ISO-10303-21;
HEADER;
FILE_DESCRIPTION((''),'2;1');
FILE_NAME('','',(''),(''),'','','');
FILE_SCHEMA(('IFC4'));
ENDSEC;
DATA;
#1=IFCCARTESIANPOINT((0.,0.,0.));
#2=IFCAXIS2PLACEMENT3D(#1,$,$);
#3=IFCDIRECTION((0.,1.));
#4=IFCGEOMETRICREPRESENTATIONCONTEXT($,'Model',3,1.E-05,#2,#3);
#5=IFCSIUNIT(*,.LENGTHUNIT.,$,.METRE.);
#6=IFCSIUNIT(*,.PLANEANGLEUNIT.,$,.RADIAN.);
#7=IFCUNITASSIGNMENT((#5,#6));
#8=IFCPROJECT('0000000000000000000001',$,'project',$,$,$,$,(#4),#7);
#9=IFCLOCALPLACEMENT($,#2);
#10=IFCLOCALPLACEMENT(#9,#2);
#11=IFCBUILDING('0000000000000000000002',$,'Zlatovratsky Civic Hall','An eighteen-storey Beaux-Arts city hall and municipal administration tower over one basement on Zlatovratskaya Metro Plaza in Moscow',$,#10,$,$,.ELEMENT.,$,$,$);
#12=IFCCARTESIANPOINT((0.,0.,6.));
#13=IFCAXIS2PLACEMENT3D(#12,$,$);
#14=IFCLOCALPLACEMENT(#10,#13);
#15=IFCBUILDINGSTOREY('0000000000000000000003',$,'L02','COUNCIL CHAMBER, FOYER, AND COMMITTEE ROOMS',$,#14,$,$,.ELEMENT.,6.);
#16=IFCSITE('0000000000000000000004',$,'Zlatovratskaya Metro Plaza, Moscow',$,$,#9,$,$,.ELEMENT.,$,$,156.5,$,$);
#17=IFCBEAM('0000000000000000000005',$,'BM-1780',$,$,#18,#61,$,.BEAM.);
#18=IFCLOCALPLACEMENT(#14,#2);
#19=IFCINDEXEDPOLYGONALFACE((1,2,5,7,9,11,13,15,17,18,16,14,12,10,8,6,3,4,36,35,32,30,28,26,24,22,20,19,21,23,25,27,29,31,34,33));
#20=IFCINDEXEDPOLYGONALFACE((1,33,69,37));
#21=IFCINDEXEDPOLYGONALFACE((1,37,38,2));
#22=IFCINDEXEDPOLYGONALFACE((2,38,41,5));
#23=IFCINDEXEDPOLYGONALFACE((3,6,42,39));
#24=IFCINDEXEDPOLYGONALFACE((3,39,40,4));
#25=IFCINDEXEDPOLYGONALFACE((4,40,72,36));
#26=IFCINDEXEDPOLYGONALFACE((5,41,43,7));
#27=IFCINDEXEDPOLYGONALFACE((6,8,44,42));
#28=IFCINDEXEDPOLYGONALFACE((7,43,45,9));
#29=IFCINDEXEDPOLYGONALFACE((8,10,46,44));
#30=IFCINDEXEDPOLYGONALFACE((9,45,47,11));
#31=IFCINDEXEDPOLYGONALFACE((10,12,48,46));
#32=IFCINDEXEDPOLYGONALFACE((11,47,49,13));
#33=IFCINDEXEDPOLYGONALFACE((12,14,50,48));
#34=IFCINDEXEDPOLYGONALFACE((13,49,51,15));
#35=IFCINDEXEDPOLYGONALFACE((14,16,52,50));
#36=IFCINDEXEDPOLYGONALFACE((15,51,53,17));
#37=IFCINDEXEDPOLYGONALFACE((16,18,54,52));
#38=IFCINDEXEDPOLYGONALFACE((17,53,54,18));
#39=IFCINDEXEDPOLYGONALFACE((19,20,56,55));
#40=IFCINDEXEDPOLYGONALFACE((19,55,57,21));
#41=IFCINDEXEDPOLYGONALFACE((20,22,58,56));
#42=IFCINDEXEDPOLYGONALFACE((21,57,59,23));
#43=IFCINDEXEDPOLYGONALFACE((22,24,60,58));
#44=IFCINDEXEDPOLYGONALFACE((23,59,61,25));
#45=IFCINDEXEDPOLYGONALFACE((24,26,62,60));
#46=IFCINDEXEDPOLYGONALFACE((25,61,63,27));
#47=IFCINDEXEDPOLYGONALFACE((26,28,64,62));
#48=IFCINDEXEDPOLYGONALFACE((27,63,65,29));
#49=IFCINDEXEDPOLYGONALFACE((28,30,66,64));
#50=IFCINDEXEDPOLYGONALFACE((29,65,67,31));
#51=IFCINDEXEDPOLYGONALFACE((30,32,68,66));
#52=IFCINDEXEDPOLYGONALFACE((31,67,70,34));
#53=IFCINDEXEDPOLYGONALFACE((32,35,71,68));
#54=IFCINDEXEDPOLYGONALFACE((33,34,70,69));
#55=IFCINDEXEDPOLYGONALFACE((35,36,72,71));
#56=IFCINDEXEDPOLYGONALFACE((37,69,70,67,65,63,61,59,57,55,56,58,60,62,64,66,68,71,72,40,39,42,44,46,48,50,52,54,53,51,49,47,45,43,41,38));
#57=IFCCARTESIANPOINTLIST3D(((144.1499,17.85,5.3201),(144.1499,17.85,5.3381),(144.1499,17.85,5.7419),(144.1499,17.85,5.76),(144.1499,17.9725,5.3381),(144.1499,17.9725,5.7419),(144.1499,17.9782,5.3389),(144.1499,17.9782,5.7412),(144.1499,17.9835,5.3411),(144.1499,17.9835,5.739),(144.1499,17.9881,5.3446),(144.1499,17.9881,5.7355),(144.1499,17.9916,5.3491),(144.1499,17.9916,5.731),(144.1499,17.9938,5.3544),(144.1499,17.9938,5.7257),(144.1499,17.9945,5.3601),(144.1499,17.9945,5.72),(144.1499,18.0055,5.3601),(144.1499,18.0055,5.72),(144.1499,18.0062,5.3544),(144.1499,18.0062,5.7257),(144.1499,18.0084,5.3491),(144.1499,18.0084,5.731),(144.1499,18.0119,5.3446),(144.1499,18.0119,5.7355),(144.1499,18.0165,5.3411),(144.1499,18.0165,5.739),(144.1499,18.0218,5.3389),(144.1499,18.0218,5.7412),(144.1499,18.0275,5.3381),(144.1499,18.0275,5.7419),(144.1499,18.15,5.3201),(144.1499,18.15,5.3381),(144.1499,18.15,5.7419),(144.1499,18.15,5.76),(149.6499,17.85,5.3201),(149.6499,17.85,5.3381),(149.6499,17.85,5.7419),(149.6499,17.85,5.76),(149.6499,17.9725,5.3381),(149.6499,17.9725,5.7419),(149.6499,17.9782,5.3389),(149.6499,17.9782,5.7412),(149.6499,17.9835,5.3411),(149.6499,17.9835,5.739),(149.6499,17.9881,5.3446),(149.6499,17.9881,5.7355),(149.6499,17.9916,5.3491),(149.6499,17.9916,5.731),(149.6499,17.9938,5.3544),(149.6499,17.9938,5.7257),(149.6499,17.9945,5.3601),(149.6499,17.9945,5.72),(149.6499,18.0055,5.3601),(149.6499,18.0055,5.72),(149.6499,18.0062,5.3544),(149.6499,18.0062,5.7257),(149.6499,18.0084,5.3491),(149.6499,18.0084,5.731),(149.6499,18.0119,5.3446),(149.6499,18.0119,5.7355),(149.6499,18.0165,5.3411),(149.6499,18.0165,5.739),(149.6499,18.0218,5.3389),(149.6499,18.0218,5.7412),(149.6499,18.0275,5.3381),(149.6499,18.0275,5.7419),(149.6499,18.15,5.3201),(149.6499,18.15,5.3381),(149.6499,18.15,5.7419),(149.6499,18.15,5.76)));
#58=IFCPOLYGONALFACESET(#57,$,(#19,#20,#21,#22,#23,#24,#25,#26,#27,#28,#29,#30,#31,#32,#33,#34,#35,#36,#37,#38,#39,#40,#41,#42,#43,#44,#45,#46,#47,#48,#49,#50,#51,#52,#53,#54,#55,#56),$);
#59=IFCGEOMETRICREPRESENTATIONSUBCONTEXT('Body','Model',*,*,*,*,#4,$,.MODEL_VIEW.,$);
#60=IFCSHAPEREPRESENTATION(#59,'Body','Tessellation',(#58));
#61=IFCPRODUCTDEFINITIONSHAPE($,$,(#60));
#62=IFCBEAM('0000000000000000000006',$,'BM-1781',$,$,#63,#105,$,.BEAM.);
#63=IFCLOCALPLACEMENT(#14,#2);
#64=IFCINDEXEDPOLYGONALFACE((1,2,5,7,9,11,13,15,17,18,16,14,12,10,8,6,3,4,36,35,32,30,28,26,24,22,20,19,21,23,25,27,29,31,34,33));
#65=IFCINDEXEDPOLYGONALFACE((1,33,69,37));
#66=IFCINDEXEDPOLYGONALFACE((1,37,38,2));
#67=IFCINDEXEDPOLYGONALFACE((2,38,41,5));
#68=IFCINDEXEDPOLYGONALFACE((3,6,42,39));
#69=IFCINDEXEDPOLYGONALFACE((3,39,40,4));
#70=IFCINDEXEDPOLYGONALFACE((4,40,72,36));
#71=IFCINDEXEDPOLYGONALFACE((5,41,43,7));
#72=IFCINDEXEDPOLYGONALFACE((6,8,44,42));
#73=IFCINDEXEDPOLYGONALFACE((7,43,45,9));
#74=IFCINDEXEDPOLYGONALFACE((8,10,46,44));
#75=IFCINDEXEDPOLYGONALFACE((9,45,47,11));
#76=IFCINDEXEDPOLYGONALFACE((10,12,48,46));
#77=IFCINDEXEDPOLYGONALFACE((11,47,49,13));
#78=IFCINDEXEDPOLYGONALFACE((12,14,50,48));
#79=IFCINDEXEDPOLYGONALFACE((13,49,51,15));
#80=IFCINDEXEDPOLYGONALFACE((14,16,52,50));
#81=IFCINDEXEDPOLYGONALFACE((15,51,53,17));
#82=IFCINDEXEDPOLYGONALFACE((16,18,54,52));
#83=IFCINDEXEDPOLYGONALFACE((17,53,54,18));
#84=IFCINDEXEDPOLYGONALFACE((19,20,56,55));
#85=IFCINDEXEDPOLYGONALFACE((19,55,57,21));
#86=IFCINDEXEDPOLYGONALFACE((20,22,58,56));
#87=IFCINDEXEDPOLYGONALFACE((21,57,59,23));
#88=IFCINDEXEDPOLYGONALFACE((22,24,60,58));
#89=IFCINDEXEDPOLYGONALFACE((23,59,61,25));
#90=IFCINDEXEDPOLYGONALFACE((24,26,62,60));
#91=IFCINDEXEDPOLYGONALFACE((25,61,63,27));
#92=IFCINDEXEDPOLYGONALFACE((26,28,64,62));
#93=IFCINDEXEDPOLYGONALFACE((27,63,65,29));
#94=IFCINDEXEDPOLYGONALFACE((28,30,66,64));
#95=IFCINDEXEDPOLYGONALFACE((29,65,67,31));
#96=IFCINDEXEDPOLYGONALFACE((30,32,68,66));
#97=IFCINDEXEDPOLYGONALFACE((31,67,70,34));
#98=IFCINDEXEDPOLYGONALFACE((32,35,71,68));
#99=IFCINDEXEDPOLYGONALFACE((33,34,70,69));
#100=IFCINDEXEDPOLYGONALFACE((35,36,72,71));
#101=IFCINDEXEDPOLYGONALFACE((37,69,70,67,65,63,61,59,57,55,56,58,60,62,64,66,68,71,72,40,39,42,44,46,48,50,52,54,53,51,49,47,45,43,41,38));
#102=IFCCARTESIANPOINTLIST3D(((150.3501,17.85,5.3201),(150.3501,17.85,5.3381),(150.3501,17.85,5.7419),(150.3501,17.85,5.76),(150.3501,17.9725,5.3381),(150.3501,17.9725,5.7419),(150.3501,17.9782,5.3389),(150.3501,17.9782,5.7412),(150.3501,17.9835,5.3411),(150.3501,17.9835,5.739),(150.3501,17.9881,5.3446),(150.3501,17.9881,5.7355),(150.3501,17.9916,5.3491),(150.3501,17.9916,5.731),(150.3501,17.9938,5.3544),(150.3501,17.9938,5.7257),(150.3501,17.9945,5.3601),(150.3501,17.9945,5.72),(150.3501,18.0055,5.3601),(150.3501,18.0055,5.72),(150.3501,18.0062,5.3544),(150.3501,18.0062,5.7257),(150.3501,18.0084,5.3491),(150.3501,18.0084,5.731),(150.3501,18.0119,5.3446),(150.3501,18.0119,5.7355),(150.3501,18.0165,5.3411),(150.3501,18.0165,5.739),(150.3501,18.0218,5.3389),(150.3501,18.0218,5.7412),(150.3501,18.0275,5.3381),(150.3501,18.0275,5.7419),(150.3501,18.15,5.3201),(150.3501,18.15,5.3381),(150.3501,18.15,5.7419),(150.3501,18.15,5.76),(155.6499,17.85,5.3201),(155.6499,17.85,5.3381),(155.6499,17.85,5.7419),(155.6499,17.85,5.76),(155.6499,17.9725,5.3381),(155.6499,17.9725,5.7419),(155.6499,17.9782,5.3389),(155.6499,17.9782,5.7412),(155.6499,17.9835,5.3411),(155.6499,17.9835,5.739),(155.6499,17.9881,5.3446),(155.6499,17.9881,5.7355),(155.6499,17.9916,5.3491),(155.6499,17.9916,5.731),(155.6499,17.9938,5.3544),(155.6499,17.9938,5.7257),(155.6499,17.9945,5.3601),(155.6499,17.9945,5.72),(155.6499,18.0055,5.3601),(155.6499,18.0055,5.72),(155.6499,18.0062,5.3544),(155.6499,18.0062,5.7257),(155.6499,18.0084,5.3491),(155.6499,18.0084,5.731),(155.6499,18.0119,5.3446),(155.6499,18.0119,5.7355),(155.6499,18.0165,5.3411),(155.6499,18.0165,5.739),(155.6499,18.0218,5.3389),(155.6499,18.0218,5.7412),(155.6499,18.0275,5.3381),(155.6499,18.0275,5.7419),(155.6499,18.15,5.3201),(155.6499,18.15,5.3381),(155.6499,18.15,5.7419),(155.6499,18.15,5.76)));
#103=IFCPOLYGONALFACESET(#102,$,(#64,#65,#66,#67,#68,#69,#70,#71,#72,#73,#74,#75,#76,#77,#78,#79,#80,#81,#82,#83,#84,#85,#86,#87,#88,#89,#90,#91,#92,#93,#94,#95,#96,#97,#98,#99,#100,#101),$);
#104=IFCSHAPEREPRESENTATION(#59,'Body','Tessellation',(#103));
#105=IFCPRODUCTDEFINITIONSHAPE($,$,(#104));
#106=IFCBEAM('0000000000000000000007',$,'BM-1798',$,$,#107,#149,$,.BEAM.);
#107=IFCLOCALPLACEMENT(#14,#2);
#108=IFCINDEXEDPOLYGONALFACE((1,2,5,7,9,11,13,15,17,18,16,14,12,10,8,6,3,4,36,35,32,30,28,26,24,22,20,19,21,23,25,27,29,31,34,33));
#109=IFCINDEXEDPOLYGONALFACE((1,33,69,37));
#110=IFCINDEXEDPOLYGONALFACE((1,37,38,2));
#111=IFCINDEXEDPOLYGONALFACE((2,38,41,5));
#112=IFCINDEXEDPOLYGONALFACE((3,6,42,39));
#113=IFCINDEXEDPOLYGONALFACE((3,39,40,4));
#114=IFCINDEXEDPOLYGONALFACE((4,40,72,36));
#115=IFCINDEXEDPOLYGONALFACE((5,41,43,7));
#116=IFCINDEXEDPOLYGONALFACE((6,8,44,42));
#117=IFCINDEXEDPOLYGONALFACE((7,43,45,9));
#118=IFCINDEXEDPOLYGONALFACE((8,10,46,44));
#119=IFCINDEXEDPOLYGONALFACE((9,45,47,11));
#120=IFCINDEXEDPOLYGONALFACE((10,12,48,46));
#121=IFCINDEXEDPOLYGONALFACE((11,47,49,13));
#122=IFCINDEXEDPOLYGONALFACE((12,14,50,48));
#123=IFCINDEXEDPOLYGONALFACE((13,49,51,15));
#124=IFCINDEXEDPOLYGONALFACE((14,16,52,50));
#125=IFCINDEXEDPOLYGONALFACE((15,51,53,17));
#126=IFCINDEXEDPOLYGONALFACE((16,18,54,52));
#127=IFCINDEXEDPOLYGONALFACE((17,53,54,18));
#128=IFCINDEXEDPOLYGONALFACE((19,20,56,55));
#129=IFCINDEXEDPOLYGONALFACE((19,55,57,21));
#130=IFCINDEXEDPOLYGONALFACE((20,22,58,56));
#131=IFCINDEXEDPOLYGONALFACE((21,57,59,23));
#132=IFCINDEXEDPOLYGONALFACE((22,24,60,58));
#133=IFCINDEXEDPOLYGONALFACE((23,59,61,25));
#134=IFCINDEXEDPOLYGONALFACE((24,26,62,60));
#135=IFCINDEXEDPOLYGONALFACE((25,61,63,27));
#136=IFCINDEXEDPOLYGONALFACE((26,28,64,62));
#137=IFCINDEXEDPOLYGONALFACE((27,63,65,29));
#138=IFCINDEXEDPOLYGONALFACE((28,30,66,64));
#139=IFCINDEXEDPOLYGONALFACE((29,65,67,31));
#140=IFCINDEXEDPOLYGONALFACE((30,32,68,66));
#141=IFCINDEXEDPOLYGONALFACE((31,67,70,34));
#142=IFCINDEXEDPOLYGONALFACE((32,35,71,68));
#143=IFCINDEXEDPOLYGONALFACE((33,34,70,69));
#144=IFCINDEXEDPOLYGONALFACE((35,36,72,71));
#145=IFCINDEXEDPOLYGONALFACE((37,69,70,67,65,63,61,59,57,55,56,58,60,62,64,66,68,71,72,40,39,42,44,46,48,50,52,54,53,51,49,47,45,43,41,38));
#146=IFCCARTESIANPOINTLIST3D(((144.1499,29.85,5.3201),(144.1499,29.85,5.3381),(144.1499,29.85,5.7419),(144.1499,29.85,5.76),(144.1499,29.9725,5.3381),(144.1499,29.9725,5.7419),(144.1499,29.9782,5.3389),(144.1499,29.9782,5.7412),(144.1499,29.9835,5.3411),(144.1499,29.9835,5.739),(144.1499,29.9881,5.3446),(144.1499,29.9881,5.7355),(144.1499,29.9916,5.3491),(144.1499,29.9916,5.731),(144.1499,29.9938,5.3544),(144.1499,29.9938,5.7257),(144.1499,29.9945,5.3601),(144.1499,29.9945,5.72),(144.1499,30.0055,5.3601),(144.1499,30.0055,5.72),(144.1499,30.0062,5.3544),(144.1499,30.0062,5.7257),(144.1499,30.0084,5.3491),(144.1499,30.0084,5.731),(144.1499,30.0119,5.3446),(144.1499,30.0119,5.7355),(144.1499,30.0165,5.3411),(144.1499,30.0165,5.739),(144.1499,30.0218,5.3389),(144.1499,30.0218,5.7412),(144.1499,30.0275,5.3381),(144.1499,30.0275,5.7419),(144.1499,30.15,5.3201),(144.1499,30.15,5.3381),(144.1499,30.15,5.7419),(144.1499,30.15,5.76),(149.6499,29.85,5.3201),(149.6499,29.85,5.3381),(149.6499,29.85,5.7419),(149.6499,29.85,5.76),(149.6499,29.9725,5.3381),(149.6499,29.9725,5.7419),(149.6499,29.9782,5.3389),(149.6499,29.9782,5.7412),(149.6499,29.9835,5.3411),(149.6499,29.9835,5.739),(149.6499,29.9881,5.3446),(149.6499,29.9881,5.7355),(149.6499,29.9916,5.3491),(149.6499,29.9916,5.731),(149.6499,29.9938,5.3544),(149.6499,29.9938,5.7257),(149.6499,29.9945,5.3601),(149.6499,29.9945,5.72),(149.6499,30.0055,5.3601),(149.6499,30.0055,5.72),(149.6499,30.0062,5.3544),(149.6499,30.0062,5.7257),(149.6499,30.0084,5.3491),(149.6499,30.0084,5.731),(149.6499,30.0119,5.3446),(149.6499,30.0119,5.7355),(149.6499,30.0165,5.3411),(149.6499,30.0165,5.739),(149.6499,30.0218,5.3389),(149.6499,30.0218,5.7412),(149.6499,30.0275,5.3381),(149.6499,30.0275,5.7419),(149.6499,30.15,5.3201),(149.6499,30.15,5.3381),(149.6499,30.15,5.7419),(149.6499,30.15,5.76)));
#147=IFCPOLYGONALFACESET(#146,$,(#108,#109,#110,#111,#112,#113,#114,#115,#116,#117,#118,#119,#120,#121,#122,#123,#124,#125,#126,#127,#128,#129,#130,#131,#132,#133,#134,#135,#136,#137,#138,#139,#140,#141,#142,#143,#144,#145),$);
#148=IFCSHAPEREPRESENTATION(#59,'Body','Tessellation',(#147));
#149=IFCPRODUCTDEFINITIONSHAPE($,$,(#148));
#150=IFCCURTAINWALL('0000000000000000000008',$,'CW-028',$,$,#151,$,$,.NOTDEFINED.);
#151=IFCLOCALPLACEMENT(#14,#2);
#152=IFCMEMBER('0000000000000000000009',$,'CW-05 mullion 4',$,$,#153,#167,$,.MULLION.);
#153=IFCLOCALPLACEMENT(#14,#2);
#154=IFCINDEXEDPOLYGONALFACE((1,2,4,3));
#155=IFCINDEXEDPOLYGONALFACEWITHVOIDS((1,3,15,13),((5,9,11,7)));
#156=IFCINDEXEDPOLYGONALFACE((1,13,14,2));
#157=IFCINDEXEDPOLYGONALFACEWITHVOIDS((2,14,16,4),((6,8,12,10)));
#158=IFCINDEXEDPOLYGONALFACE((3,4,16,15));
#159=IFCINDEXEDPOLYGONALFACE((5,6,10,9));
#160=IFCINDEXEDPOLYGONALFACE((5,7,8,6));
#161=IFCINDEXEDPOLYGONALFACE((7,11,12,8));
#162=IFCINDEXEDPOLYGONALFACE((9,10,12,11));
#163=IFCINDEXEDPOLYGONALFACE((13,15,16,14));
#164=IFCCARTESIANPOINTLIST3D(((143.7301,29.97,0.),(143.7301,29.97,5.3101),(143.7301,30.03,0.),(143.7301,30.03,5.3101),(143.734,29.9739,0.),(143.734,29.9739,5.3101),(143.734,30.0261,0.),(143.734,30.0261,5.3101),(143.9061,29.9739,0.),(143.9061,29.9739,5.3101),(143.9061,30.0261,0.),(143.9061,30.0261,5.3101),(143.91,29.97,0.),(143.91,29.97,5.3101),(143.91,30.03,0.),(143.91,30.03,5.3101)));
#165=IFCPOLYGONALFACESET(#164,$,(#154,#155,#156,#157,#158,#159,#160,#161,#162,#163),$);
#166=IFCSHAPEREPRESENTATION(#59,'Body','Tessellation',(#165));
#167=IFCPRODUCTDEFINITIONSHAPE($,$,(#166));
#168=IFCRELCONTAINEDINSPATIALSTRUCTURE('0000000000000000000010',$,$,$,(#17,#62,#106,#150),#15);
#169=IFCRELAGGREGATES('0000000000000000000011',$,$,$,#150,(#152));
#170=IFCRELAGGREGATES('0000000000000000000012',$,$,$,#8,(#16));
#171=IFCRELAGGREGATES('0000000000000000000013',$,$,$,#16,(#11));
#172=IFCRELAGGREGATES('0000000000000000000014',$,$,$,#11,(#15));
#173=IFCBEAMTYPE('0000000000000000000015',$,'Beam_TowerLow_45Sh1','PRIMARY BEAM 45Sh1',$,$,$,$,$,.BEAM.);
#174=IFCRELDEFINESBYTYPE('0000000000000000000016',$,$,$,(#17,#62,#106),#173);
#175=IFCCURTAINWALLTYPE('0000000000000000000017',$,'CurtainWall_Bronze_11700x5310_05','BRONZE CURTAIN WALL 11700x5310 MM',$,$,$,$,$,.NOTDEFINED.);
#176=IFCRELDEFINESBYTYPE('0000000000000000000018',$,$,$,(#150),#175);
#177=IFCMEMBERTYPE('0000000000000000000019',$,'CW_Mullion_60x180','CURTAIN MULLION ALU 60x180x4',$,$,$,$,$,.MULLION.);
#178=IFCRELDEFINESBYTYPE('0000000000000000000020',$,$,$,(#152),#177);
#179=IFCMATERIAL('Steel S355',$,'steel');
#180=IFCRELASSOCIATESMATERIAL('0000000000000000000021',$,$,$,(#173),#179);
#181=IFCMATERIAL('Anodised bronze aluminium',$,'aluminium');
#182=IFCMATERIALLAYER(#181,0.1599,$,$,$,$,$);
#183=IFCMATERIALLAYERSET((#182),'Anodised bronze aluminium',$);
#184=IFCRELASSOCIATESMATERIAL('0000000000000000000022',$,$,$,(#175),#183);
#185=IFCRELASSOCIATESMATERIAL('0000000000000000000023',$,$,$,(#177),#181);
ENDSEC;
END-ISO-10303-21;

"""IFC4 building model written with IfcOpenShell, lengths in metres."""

from ifc_helpers import new_model, si_unit, direction, frame, origin, origin_2d, place, context, subcontext, project, spatial, hollow_rectangle, i_section, extrude, material, layer, layer_set, material_profile, profile_set, type_object, element, aggregate, save


model = new_model("IFC4")

# Units and contexts
model_context = context("Model", 3, precision=1e-05, world=origin(), true_north=direction((0.0, 1.0)))
body_context = subcontext(model_context, "Body", "Model", "MODEL_VIEW")
ifc_project = project(units=[si_unit("LENGTHUNIT", "METRE"), si_unit("PLANEANGLEUNIT", "RADIAN")], contexts=[model_context])

# Site, building, storey
site_placement = place(None, origin())
site = spatial("IfcSite", under=ifc_project, at=site_placement, Name="Zlatovratskaya Metro Plaza, Moscow", CompositionType="ELEMENT", RefElevation=156.5)
building_placement = place(site_placement, origin())
building = spatial("IfcBuilding", under=site, at=building_placement, Name="Zlatovratsky Civic Hall", Description="An eighteen-storey Beaux-Arts city hall and municipal administration tower over one basement on Zlatovratskaya Metro Plaza in Moscow", CompositionType="ELEMENT")
storey_placement = place(building_placement, frame((0.0, 0.0, 6.0)))
storey = spatial("IfcBuildingStorey", under=building, at=storey_placement, Name="L02", Description="COUNCIL CHAMBER, FOYER, AND COMMITTEE ROOMS", CompositionType="ELEMENT", Elevation=6.0)

# Shared definitions
ifc_material_1 = material(Name="Steel S355", Category="steel")

# Beams
ifc_material_profile_1 = material_profile(ifc_material_1, i_section(OverallWidth=0.3, OverallDepth=0.4399, WebThickness=0.011, FlangeThickness=0.0181, FilletRadius=0.022, at=origin_2d()), Name="45Sh1")
ifc_profile_set_1 = profile_set([ifc_material_profile_1], Name="Steel S355")
beam_type_1 = type_object("IfcBeamType", Name="Beam_TowerLow_45Sh1", Description="PRIMARY BEAM 45Sh1", PredefinedType="BEAM", material=ifc_profile_set_1)
beam_1_placement = place(storey_placement, frame((144.1499, 18.0, 5.54), z_axis=(1.0, 0.0, 0.0), x_axis=(0.0, 1.0, 0.0)))
element("IfcBeam", 1, at=beam_1_placement, inside=storey, type_object=beam_type_1, Name="BM-1780", PredefinedType="BEAM", context=body_context, shape_type="SweptSolid", body=[
    extrude(i_section(OverallWidth=0.3, OverallDepth=0.4399, WebThickness=0.011, FlangeThickness=0.0181, FilletRadius=0.022, at=origin_2d()), origin(), (0.0, 0.0, 1.0), 5.5),
])
beam_2_placement = place(storey_placement, frame((150.3501, 18.0, 5.54), z_axis=(1.0, 0.0, 0.0), x_axis=(0.0, 1.0, 0.0)))
element("IfcBeam", 2, at=beam_2_placement, inside=storey, type_object=beam_type_1, Name="BM-1781", PredefinedType="BEAM", context=body_context, shape_type="SweptSolid", body=[
    extrude(i_section(OverallWidth=0.3, OverallDepth=0.4399, WebThickness=0.011, FlangeThickness=0.0181, FilletRadius=0.022, at=origin_2d()), origin(), (0.0, 0.0, 1.0), 5.2998),
])
beam_3_placement = place(storey_placement, frame((144.1499, 30.0, 5.54), z_axis=(1.0, 0.0, 0.0), x_axis=(0.0, 1.0, 0.0)))
element("IfcBeam", 3, at=beam_3_placement, inside=storey, type_object=beam_type_1, Name="BM-1798", PredefinedType="BEAM", context=body_context, shape_type="SweptSolid", body=[
    extrude(i_section(OverallWidth=0.3, OverallDepth=0.4399, WebThickness=0.011, FlangeThickness=0.0181, FilletRadius=0.022, at=origin_2d()), origin(), (0.0, 0.0, 1.0), 5.5),
])

# Curtain wall, member
ifc_material_2 = material(Name="Anodised bronze aluminium", Category="aluminium")
ifc_layer_1 = layer(ifc_material_2, 0.1599)
ifc_layer_set_1 = layer_set([ifc_layer_1], Name="Anodised bronze aluminium")
curtain_wall_type = type_object("IfcCurtainWallType", Name="CurtainWall_Bronze_11700x5310_05", Description="BRONZE CURTAIN WALL 11700x5310 MM", PredefinedType="NOTDEFINED", material=ifc_layer_set_1)
curtain_wall_placement = place(storey_placement, origin())
curtain_wall = element("IfcCurtainWall", 4, at=curtain_wall_placement, inside=storey, type_object=curtain_wall_type, Name="CW-028", PredefinedType="NOTDEFINED")
ifc_material_profile_2 = material_profile(ifc_material_2, hollow_rectangle(XDim=0.0601, YDim=0.1799, WallThickness=0.0039, at=origin_2d()), Name="ALU 60x180x4")
ifc_profile_set_2 = profile_set([ifc_material_profile_2], Name="Anodised bronze aluminium")
member_type = type_object("IfcMemberType", Name="CW_Mullion_60x180", Description="CURTAIN MULLION ALU 60x180x4", PredefinedType="MULLION", material=ifc_profile_set_2)
member_placement = place(storey_placement, frame((143.8201, 30.0, 0.0), z_axis=(0.0, 0.0, 1.0), x_axis=(0.0, 1.0, 0.0)))
member = element("IfcMember", 5, at=member_placement, type_object=member_type, Name="CW-05 mullion 4", PredefinedType="MULLION", context=body_context, shape_type="SweptSolid", body=[
    extrude(hollow_rectangle(XDim=0.0601, YDim=0.1799, WallThickness=0.0039, at=origin_2d()), origin(), (0.0, 0.0, 1.0), 5.3101),
])

aggregate(curtain_wall, [member])

save(model, "model.ifc")
